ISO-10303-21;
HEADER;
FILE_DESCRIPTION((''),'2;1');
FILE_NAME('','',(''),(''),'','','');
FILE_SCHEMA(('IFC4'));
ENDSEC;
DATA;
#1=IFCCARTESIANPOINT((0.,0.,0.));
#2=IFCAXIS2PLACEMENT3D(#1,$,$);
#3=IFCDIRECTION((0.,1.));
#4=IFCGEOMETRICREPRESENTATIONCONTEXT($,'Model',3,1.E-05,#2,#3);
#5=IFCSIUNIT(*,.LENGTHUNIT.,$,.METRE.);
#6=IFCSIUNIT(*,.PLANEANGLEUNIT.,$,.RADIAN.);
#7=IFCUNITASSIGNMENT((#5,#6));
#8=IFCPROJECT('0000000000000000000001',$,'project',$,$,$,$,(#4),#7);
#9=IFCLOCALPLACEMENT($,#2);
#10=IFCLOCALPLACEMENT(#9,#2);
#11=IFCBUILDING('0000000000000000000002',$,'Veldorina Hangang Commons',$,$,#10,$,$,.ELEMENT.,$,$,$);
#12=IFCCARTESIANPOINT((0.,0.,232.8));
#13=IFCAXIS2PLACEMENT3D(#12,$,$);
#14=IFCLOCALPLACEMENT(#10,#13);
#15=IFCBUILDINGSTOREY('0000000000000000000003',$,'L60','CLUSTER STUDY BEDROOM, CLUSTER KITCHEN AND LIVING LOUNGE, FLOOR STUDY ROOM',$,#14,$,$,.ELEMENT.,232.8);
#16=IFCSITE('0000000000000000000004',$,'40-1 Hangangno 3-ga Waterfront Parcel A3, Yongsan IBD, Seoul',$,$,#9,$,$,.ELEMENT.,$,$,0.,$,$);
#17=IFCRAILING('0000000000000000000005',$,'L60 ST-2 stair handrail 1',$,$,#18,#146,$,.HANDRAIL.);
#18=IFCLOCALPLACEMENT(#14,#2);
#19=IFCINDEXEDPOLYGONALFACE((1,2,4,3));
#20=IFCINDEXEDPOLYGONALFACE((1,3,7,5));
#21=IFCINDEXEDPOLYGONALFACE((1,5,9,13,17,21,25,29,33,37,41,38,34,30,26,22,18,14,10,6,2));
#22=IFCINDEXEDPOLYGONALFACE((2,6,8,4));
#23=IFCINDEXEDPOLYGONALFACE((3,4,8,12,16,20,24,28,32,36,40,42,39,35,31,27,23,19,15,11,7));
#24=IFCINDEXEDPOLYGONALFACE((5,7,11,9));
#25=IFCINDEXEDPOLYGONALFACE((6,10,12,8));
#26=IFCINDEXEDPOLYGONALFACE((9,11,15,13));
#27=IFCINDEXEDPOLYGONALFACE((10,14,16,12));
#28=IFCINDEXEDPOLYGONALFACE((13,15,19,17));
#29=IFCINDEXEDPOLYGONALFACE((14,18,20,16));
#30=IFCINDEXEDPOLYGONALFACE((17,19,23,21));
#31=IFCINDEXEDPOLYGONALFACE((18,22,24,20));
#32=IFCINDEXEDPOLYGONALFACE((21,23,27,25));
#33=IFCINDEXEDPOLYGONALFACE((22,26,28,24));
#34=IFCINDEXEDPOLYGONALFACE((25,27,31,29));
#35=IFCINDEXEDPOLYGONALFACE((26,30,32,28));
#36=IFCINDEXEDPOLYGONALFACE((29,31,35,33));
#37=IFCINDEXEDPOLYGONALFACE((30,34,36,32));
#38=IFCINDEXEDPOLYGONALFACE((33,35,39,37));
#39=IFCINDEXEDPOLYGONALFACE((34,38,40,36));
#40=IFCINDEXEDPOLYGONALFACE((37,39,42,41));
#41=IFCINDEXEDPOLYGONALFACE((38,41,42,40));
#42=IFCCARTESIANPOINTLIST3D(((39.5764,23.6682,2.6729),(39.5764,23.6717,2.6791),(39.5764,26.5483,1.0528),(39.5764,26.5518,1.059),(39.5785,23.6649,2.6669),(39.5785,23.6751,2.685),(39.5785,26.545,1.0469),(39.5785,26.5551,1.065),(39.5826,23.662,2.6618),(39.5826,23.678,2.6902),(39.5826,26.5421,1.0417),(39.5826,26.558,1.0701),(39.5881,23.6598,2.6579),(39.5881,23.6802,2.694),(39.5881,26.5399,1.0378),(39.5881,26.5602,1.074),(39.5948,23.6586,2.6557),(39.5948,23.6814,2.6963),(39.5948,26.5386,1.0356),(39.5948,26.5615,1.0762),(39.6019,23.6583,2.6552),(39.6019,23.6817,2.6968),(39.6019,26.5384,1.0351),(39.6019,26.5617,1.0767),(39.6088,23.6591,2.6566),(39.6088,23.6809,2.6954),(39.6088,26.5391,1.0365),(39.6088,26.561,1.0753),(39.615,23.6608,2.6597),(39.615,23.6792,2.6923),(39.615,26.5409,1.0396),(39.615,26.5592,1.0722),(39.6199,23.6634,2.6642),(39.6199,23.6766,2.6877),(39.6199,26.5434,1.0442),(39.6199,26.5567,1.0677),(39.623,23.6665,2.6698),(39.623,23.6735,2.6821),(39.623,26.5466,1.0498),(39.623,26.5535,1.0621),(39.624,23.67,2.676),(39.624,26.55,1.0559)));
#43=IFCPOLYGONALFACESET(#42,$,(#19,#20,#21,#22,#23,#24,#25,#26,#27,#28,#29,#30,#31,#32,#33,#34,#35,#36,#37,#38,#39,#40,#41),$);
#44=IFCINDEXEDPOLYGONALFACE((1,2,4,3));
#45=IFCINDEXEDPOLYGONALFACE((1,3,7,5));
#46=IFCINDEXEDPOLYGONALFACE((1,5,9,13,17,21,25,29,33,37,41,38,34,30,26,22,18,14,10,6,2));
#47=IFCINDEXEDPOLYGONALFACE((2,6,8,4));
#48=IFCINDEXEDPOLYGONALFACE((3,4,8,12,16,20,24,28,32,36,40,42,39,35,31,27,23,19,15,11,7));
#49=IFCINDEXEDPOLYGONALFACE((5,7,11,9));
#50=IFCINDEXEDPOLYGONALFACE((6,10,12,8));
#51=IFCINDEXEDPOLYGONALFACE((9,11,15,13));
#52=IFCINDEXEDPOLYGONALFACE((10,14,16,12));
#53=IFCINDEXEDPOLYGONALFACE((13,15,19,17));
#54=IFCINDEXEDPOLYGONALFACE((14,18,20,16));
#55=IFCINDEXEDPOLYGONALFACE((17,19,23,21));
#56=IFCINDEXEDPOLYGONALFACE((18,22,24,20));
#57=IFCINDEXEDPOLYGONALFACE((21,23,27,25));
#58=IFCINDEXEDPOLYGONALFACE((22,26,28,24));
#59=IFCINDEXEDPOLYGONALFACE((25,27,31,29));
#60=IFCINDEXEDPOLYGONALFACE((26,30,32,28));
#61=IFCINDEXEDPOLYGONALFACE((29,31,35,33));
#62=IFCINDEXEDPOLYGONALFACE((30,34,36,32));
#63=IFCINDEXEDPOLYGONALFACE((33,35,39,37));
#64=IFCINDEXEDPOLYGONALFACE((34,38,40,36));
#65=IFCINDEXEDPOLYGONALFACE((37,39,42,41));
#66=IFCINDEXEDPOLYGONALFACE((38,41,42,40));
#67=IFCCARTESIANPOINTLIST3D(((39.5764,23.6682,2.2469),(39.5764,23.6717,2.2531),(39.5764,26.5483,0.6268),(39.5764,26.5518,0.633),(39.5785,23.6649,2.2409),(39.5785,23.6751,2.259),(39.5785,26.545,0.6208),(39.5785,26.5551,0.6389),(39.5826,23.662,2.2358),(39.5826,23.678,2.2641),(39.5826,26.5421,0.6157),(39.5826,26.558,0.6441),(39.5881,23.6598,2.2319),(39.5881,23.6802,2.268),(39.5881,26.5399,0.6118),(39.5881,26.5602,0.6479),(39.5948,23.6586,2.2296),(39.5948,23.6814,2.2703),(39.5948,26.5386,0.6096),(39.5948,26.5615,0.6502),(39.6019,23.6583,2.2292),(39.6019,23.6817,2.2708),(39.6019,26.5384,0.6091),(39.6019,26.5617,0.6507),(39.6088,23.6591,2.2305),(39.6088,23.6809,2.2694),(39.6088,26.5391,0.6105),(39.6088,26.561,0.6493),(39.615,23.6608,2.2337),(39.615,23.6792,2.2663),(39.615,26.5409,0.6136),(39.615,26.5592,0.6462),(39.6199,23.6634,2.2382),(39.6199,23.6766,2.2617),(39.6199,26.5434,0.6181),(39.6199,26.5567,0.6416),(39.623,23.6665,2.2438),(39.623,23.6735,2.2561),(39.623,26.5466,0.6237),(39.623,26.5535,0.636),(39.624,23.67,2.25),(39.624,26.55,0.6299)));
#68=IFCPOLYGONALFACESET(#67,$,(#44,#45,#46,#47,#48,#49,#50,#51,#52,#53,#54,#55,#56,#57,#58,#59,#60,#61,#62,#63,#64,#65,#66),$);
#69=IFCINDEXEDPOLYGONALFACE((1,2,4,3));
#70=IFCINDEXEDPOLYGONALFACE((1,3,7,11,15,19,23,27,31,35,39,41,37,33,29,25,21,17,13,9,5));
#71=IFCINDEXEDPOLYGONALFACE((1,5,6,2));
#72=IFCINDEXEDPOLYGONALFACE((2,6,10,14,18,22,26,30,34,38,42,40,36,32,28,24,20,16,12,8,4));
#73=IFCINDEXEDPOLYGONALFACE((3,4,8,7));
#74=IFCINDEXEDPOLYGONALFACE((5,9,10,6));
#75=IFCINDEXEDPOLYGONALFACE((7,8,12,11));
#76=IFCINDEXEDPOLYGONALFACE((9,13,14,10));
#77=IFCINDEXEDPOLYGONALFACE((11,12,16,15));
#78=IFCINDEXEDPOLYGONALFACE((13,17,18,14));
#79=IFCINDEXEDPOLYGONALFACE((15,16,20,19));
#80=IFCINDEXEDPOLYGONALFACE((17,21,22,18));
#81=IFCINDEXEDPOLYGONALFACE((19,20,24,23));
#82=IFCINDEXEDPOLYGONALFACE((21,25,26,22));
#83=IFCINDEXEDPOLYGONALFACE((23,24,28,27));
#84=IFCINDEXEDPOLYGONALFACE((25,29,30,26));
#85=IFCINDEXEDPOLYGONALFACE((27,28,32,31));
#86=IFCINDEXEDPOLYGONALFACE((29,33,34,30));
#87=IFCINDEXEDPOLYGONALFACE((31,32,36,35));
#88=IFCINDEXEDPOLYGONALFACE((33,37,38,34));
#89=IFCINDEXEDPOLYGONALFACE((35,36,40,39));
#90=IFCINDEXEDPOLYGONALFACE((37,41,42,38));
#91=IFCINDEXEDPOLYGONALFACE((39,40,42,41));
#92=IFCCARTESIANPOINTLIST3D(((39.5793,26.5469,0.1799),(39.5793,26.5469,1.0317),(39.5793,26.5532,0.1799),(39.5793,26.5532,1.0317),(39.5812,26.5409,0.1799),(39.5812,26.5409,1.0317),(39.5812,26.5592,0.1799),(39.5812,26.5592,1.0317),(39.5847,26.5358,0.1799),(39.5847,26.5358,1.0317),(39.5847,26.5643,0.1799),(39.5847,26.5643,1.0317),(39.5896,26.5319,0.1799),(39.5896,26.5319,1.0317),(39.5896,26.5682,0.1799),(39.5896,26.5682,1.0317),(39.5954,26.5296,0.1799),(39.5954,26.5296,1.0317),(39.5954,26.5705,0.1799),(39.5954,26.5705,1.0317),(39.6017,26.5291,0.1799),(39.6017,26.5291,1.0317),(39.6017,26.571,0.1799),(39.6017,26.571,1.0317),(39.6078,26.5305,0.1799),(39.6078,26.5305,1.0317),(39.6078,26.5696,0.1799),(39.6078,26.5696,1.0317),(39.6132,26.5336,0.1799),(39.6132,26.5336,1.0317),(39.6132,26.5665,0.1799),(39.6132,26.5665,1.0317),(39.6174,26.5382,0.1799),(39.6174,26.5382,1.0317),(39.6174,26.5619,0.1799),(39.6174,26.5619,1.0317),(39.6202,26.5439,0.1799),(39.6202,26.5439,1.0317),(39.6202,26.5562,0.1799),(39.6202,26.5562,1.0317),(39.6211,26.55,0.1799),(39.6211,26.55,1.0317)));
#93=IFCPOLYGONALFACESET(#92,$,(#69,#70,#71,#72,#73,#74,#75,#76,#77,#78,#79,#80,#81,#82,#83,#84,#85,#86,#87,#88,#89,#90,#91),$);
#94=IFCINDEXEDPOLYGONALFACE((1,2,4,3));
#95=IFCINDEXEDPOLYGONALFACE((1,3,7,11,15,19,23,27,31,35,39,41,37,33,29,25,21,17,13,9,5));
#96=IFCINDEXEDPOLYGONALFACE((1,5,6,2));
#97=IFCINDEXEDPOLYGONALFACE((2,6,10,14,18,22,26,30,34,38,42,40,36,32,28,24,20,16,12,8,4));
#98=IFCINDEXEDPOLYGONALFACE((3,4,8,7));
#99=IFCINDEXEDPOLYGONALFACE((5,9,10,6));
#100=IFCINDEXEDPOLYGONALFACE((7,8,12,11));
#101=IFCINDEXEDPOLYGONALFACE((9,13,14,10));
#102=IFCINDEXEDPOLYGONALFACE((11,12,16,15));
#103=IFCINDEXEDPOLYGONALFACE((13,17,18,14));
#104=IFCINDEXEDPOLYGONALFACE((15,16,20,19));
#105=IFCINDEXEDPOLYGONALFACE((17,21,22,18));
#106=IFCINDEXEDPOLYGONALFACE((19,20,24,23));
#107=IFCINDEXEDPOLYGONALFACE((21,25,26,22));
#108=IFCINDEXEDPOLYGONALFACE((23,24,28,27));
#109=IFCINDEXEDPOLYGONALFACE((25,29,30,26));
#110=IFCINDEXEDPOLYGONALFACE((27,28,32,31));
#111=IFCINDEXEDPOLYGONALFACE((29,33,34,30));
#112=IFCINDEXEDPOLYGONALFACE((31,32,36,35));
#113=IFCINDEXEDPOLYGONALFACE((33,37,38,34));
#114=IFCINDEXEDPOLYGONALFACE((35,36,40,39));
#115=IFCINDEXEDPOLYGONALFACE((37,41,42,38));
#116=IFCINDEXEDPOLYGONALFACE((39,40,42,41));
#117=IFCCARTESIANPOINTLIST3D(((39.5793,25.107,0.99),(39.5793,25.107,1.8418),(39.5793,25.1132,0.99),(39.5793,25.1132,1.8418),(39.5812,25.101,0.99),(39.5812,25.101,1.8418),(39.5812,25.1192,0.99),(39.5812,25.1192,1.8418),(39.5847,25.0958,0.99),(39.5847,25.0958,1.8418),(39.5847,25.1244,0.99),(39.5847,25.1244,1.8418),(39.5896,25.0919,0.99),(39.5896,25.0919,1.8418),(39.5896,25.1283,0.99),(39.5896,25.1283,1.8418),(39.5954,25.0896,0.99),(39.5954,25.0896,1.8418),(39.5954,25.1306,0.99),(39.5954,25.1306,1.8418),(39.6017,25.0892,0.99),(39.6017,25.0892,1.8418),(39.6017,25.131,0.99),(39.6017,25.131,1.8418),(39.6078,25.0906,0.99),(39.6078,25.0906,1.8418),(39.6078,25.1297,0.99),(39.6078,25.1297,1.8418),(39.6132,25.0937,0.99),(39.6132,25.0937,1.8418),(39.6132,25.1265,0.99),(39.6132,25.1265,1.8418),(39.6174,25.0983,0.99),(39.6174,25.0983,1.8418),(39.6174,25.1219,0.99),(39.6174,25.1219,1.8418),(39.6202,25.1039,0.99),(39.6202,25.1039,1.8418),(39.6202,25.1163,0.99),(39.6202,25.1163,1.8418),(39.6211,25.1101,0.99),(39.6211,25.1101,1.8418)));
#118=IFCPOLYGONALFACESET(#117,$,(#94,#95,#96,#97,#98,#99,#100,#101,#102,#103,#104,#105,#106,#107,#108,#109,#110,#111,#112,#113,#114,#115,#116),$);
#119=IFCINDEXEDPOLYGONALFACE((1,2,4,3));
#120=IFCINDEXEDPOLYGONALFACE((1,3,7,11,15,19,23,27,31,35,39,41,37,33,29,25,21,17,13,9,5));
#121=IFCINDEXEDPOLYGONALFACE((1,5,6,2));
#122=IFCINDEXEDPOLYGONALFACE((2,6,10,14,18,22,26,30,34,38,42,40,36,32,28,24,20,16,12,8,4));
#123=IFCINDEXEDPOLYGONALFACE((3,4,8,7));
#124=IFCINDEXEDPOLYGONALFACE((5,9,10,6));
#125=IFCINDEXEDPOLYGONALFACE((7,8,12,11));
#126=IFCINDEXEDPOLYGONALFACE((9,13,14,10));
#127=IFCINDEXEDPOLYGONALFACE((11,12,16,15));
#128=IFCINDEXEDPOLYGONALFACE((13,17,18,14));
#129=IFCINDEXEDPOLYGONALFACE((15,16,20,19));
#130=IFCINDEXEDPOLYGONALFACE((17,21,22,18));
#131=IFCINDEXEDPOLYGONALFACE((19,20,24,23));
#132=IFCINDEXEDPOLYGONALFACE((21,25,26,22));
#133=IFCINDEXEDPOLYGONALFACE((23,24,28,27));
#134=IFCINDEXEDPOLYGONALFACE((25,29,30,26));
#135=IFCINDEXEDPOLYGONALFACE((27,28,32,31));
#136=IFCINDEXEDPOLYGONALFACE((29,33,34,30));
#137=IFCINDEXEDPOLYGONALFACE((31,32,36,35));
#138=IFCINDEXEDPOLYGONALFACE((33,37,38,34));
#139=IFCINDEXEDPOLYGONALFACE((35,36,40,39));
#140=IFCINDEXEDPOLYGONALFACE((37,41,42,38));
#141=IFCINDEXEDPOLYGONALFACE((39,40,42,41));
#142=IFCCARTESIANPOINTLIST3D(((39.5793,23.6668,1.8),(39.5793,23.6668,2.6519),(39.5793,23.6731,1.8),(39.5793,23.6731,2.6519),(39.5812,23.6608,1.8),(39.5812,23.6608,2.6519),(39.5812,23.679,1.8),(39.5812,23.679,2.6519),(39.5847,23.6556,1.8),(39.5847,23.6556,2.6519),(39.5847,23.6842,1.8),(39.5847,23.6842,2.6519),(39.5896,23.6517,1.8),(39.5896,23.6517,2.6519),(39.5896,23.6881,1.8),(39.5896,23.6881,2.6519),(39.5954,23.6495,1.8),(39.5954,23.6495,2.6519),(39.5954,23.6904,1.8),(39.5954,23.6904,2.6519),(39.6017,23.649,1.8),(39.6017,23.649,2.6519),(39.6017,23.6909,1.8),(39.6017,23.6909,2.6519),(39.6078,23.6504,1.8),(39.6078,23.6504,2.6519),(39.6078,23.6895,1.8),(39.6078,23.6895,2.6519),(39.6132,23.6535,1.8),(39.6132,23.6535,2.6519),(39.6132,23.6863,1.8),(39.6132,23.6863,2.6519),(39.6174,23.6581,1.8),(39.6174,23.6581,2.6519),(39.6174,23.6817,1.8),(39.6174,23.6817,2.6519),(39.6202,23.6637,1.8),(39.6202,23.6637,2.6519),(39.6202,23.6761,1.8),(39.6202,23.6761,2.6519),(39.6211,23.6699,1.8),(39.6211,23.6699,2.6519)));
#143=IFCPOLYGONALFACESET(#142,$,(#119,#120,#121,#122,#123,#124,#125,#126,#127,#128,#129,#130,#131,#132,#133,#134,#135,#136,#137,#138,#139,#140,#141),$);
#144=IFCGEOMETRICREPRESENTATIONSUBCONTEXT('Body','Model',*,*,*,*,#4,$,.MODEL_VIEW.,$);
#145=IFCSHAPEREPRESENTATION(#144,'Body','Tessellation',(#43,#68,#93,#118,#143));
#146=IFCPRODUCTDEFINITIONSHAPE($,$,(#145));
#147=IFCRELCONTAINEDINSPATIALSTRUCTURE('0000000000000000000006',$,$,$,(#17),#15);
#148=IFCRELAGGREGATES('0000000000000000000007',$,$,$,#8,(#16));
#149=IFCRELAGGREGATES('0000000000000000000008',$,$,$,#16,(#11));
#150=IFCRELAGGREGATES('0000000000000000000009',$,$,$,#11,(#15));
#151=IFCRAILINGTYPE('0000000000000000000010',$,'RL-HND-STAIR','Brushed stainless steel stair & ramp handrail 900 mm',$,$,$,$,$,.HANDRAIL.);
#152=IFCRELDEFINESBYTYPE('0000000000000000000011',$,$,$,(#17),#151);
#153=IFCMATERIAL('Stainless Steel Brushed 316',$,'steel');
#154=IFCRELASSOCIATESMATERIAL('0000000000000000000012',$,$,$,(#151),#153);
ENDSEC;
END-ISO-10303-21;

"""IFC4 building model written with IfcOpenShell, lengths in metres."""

from ifc_helpers import new_model, si_unit, direction, frame, origin, origin_2d, place, context, subcontext, project, spatial, circle, extrude, material, type_object, element, save


model = new_model("IFC4")

# Units and contexts
model_context = context("Model", 3, precision=1e-05, world=origin(), true_north=direction((0.0, 1.0)))
body_context = subcontext(model_context, "Body", "Model", "MODEL_VIEW")
ifc_project = project(units=[si_unit("LENGTHUNIT", "METRE"), si_unit("PLANEANGLEUNIT", "RADIAN")], contexts=[model_context])

# Site, building, storey
site_placement = place(None, origin())
site = spatial("IfcSite", under=ifc_project, at=site_placement, Name="40-1 Hangangno 3-ga Waterfront Parcel A3, Yongsan IBD, Seoul", CompositionType="ELEMENT", RefElevation=0.0)
building_placement = place(site_placement, origin())
building = spatial("IfcBuilding", under=site, at=building_placement, Name="Veldorina Hangang Commons", CompositionType="ELEMENT")
storey_placement = place(building_placement, frame((0.0, 0.0, 232.8)))
storey = spatial("IfcBuildingStorey", under=building, at=storey_placement, Name="L60", Description="CLUSTER STUDY BEDROOM, CLUSTER KITCHEN AND LIVING LOUNGE, FLOOR STUDY ROOM", CompositionType="ELEMENT", Elevation=232.8)

# Railing
ifc_material_1 = material(Name="Stainless Steel Brushed 316", Category="steel")
railing_type_1 = type_object("IfcRailingType", Name="RL-HND-STAIR", Description="Brushed stainless steel stair & ramp handrail 900 mm", PredefinedType="HANDRAIL", material=ifc_material_1)
railing_1_placement = place(storey_placement, frame((39.6001, 26.55, 0.1799)))
element("IfcRailing", 1, at=railing_1_placement, inside=storey, type_object=railing_type_1, Name="L60 ST-2 stair handrail 1", PredefinedType="HANDRAIL", context=body_context, shape_type="SweptSolid", body=[
    extrude(circle(Radius=0.0239, at=origin_2d()), frame((0.0, 0.0, 0.876), z_axis=(0.0, -0.87157, 0.490272), x_axis=(1.0, 0.0, 0.0)), (0.0, 0.0, 1.0), 3.3044),
    extrude(circle(Radius=0.0239, at=origin_2d()), frame((0.0, 0.0, 0.45), z_axis=(0.0, -0.87157, 0.490272), x_axis=(1.0, 0.0, 0.0)), (0.0, 0.0, 1.0), 3.3044),
    extrude(circle(Radius=0.021, at=origin_2d()), origin(), (0.0, 0.0, 1.0), 0.8518),
    extrude(circle(Radius=0.021, at=origin_2d()), frame((0.0, -1.4399, 0.8101)), (0.0, 0.0, 1.0), 0.8518),
    extrude(circle(Radius=0.021, at=origin_2d()), frame((0.0, -2.8801, 1.6201)), (0.0, 0.0, 1.0), 0.8518),
])

save(model, "model.ifc")
